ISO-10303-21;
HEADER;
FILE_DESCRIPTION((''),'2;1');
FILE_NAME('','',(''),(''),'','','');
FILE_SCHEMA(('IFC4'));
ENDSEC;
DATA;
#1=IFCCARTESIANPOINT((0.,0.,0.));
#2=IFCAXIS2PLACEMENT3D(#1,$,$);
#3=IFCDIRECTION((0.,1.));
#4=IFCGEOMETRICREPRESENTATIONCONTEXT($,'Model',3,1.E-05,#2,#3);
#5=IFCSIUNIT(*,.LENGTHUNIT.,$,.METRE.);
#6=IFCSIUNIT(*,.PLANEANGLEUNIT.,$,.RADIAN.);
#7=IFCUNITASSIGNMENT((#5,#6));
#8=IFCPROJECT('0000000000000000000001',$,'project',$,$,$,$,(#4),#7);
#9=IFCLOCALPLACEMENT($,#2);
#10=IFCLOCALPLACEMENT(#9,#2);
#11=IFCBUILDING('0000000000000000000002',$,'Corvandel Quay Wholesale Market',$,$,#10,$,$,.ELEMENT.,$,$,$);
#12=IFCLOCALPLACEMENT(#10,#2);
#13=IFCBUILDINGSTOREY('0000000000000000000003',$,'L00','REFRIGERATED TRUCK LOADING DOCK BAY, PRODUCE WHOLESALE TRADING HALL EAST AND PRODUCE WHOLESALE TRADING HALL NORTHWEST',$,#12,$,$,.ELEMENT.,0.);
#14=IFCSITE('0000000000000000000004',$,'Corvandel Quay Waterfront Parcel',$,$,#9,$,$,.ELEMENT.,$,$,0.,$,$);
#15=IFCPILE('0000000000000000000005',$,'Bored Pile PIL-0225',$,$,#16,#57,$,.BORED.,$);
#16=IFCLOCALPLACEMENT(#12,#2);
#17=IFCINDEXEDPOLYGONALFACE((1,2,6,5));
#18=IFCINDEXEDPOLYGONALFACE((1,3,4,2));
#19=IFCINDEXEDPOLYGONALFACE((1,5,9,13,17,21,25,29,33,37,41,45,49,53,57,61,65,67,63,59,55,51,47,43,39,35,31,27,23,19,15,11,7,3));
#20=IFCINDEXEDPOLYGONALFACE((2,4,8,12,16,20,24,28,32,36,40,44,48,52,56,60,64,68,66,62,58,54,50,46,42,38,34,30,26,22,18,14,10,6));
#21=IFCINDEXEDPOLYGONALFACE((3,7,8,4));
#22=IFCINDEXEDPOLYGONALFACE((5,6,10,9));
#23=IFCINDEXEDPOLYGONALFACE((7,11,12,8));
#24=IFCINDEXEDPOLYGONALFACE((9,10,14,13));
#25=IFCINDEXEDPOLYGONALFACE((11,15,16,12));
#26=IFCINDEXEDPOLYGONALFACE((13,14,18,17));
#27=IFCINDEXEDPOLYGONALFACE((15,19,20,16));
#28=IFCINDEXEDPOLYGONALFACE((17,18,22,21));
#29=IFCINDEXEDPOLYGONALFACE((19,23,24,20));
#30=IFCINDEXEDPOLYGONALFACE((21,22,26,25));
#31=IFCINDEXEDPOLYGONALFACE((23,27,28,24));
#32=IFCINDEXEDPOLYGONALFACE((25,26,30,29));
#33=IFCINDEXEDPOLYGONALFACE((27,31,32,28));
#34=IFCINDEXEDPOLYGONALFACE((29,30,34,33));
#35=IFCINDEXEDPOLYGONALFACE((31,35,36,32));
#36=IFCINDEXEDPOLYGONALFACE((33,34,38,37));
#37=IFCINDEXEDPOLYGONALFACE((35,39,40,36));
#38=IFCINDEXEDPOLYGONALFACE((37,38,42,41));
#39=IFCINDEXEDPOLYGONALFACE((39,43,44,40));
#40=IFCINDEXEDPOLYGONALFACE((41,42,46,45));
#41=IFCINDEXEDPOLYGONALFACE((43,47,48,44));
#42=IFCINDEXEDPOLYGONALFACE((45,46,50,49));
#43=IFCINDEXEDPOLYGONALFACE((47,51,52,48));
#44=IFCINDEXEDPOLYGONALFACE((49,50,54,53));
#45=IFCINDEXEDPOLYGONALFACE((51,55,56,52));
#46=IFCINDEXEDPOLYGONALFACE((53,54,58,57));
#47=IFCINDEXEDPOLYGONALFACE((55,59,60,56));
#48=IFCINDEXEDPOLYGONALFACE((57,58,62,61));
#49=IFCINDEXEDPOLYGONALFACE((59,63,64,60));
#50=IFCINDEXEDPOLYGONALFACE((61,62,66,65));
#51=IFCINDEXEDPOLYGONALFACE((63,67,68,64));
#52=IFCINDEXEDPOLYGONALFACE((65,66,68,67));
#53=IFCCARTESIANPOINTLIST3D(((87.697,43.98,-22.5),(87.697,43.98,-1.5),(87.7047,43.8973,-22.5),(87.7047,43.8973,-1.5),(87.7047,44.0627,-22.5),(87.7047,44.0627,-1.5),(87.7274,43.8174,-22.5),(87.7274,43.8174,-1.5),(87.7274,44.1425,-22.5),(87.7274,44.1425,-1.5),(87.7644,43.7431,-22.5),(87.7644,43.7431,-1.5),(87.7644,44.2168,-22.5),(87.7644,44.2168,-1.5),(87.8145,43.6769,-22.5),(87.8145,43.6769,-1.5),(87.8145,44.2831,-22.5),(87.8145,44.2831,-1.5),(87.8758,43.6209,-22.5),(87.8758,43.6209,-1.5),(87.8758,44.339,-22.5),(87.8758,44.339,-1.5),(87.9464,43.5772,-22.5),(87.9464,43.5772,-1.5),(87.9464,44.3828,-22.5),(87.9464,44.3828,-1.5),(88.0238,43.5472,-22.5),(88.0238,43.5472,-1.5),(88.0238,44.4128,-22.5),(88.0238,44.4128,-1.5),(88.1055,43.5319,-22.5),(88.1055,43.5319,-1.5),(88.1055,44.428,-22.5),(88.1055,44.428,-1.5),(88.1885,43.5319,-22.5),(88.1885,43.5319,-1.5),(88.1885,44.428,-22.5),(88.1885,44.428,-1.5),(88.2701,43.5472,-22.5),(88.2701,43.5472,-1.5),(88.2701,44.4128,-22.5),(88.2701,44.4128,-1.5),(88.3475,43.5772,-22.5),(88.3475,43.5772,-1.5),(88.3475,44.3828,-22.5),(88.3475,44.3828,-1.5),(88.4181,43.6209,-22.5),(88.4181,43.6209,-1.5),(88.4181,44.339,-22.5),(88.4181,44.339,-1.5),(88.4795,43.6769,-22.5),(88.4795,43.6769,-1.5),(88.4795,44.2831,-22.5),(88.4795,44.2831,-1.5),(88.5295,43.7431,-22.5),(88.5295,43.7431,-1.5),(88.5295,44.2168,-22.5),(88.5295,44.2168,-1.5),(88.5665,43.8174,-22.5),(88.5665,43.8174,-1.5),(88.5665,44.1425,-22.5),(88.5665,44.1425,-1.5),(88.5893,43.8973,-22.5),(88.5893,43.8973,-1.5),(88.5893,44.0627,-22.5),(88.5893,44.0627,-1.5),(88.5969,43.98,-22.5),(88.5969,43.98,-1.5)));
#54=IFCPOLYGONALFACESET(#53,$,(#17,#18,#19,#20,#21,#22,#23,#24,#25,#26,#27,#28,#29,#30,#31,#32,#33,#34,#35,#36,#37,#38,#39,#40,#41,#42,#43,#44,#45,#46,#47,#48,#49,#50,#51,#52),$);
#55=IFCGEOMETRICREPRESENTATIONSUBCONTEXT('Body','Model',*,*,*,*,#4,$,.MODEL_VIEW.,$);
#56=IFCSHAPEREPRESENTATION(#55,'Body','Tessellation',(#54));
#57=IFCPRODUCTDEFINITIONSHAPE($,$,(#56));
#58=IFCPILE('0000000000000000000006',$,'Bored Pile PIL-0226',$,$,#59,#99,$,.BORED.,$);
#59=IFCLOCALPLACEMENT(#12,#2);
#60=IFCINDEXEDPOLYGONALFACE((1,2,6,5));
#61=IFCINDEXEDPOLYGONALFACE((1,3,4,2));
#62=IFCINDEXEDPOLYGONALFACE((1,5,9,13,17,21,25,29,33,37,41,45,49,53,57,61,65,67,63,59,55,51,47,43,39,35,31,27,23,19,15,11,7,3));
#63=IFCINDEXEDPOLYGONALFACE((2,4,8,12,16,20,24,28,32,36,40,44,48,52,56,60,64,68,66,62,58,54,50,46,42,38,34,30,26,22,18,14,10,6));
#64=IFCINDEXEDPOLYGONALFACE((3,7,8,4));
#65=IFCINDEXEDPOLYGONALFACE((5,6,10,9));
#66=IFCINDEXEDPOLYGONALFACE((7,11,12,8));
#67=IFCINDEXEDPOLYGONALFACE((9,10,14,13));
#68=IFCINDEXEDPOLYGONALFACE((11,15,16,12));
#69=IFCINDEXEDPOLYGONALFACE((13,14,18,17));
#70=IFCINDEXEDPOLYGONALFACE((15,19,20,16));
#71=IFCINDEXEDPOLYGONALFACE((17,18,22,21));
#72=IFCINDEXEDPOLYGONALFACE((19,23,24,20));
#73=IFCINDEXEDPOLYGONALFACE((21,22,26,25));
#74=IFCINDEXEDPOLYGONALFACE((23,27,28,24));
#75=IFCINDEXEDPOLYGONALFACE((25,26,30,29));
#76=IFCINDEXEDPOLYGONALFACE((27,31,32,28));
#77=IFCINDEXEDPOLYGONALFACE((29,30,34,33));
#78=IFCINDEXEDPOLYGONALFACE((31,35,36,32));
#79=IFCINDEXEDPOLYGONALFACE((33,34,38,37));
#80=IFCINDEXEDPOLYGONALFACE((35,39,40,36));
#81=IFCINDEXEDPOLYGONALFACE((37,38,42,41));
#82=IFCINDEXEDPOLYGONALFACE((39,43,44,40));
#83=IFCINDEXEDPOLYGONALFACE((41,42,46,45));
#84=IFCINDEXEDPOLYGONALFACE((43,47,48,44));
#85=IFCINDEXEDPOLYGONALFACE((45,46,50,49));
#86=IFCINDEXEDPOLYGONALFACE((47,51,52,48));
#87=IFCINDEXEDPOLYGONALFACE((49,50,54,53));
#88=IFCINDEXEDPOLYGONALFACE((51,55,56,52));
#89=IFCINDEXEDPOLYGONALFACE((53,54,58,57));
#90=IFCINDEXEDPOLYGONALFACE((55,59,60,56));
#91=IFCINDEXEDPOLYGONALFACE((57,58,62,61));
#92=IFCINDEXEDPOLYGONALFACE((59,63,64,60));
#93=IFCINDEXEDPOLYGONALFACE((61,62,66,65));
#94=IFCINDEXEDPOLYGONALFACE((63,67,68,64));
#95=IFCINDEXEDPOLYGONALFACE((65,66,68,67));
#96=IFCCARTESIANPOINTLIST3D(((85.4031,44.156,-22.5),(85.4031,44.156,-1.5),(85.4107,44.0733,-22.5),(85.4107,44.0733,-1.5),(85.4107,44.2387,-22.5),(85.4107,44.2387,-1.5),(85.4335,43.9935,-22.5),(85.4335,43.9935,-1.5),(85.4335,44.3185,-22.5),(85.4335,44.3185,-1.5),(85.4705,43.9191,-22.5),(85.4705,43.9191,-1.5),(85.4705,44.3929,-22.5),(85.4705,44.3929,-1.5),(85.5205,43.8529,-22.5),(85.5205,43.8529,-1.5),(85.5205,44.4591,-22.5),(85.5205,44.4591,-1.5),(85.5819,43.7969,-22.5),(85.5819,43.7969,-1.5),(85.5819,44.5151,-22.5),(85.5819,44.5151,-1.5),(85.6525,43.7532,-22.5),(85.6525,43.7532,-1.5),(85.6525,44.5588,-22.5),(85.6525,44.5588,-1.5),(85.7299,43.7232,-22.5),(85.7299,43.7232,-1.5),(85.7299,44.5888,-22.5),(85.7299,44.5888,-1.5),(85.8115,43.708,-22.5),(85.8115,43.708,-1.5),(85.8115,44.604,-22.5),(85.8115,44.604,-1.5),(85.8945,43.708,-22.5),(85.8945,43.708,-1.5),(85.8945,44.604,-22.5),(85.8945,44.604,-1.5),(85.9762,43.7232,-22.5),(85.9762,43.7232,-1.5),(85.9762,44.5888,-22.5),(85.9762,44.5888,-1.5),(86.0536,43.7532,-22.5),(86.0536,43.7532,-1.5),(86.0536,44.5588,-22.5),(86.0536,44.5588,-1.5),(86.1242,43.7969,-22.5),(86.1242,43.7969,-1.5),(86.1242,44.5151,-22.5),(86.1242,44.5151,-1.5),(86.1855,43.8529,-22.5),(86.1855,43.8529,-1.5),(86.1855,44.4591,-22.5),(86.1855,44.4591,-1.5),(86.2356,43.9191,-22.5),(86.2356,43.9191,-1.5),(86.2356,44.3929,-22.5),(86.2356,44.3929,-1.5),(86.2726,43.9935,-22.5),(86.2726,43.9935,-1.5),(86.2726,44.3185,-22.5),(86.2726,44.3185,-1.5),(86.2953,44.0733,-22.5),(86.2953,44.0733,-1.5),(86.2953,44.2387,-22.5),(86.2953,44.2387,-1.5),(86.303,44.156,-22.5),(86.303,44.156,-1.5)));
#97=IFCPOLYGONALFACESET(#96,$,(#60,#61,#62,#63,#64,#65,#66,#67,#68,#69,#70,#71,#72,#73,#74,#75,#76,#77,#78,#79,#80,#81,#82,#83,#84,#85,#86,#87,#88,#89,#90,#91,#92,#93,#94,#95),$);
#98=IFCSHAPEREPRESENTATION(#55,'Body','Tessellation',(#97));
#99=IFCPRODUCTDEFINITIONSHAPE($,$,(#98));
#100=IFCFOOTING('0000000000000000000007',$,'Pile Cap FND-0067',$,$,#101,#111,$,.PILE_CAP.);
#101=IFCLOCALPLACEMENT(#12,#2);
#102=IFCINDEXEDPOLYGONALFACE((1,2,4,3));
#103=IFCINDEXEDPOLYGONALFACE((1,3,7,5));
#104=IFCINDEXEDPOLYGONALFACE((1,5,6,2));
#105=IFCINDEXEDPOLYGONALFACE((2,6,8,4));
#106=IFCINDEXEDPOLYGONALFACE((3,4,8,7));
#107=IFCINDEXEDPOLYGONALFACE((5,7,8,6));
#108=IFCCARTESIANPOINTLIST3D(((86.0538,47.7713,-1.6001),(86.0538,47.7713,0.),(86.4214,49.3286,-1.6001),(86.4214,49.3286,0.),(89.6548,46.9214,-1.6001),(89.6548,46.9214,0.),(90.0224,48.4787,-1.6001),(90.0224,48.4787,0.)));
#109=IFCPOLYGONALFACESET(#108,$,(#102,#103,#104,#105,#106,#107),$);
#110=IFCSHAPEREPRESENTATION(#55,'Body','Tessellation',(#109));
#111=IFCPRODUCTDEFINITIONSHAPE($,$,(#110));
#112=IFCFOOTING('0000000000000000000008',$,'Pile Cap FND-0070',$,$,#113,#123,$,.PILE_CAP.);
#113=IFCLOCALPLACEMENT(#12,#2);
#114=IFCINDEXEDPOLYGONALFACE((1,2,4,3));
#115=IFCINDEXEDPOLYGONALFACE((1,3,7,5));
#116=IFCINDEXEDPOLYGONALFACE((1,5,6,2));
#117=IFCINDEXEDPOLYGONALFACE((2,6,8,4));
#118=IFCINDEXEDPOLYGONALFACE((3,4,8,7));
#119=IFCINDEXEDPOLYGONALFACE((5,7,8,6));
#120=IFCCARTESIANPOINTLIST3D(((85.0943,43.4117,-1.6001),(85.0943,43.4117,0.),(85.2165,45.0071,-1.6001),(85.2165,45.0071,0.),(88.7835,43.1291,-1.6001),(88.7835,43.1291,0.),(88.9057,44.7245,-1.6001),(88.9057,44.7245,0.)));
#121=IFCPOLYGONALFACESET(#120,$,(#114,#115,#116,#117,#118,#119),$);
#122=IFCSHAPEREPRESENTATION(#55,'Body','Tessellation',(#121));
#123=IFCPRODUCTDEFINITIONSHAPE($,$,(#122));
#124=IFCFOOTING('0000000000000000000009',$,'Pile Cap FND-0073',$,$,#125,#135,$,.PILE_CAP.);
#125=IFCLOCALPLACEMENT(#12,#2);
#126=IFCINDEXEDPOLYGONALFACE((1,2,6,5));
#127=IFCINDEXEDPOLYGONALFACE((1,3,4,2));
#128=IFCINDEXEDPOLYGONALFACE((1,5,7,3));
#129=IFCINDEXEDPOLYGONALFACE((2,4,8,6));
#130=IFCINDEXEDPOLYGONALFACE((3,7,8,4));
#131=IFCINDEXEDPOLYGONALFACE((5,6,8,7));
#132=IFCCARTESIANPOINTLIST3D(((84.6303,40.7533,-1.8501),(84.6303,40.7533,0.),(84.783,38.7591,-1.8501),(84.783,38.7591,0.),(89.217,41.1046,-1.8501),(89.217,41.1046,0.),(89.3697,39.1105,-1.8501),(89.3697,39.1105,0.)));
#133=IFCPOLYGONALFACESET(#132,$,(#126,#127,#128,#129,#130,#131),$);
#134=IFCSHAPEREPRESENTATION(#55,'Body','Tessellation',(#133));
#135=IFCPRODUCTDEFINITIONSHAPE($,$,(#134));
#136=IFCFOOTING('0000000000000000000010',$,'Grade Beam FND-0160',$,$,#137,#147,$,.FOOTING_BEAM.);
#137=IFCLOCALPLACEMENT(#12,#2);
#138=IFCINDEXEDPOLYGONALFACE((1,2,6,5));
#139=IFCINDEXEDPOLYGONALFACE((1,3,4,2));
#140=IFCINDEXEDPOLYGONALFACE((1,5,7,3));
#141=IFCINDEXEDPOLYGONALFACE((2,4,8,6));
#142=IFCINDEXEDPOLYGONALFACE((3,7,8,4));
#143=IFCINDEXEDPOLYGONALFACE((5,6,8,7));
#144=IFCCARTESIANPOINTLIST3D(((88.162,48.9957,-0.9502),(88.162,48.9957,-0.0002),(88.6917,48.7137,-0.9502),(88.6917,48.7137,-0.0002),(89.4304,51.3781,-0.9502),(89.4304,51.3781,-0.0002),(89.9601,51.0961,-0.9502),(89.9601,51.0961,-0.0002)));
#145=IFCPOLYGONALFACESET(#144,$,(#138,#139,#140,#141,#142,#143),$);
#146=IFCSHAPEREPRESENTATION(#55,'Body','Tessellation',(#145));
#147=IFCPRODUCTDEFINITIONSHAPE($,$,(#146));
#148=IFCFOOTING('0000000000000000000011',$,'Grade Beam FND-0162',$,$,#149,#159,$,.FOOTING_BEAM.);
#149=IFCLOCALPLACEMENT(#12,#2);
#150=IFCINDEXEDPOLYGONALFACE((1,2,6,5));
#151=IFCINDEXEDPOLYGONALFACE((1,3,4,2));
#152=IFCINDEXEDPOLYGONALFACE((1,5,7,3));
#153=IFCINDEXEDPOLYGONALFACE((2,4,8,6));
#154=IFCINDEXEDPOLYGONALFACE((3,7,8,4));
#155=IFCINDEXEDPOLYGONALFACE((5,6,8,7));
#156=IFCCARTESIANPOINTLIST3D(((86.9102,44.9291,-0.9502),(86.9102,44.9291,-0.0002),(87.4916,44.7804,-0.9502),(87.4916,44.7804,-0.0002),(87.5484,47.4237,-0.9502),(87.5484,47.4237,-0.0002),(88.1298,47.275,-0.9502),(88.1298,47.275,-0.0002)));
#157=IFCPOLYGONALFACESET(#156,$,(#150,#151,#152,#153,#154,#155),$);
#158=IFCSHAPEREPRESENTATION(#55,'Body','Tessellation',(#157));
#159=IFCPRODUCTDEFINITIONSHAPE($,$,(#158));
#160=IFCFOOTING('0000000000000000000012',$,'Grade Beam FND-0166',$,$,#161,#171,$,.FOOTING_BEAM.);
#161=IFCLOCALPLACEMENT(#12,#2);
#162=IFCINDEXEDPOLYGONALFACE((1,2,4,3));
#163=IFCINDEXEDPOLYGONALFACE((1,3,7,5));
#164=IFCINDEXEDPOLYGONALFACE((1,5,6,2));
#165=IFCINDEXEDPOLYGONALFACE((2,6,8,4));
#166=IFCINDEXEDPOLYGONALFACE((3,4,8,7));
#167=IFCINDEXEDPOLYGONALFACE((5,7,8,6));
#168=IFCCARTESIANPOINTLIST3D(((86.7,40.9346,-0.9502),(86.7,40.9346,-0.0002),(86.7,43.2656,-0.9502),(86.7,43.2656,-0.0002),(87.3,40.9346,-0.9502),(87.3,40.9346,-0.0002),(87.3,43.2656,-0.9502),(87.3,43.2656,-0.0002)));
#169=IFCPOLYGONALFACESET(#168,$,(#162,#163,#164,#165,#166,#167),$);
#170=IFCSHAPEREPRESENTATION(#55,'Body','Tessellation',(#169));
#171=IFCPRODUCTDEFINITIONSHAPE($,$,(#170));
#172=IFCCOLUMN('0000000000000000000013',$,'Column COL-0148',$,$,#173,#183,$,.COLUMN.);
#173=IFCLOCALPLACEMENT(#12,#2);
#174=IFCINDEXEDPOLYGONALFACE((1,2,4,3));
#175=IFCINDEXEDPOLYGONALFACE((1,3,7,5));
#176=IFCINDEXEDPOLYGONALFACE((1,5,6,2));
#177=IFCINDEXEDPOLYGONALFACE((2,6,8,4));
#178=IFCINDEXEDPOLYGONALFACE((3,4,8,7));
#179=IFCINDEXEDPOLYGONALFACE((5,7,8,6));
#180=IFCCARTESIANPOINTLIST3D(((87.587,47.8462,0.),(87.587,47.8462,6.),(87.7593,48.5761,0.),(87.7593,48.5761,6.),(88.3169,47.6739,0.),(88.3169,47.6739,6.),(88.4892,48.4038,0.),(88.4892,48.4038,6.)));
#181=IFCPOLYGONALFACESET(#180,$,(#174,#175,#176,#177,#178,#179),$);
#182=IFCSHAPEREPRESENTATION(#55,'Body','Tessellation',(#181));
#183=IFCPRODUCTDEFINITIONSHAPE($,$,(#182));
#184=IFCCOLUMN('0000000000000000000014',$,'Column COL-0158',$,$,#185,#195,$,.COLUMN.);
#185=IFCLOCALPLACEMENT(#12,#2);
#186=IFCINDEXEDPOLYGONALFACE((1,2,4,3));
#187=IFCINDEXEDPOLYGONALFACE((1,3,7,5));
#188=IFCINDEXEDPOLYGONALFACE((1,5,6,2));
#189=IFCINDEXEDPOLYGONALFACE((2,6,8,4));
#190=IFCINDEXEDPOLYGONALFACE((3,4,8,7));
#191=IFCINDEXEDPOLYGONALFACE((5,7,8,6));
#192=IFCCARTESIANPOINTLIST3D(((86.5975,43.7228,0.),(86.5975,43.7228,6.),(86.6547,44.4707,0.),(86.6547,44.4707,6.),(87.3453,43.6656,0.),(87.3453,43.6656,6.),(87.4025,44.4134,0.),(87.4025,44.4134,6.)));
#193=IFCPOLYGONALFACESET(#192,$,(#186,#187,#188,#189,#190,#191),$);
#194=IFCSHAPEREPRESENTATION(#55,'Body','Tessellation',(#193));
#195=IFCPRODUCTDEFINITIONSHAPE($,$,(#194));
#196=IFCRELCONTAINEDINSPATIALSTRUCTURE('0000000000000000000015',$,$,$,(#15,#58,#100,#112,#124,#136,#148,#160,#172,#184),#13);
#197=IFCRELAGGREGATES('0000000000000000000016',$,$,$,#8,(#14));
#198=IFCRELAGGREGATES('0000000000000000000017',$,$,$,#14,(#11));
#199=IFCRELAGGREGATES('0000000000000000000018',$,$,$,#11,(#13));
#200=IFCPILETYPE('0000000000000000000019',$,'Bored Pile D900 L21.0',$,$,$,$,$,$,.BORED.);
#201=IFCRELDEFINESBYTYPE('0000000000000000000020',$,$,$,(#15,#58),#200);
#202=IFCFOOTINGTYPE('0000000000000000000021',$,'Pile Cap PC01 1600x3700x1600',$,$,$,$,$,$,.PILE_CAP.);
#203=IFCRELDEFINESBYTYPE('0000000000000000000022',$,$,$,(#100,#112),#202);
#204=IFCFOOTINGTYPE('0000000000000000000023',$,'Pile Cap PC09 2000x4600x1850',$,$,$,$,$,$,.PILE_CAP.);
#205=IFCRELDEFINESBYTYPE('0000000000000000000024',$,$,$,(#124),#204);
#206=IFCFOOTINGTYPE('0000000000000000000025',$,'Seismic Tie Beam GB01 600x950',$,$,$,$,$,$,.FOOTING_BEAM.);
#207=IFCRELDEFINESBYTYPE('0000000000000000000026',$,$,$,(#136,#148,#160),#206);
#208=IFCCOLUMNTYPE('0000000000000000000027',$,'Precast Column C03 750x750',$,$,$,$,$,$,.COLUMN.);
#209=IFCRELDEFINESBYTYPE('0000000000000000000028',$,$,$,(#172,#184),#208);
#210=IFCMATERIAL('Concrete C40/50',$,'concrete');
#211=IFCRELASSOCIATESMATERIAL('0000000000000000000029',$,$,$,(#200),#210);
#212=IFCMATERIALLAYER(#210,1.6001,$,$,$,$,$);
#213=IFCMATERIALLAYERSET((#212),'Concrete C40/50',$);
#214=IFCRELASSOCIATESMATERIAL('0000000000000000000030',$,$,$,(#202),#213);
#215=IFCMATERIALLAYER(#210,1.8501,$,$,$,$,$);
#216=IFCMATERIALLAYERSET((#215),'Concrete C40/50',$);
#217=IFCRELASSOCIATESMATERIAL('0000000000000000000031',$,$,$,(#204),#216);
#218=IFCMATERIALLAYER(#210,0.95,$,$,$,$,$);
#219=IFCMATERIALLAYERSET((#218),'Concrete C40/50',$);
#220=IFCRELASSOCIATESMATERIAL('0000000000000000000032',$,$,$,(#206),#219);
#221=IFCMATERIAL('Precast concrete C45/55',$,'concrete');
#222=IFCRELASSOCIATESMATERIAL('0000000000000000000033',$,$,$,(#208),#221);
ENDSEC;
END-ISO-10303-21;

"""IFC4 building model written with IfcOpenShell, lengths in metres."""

from ifc_helpers import new_model, si_unit, direction, frame, origin, origin_2d, place, context, subcontext, project, spatial, rectangle, circle, extrude, material, layer, layer_set, material_profile, profile_set, type_object, element, save


model = new_model("IFC4")

# Units and contexts
model_context = context("Model", 3, precision=1e-05, world=origin(), true_north=direction((0.0, 1.0)))
body_context = subcontext(model_context, "Body", "Model", "MODEL_VIEW")
ifc_project = project(units=[si_unit("LENGTHUNIT", "METRE"), si_unit("PLANEANGLEUNIT", "RADIAN")], contexts=[model_context])

# Site, building, storey
site_placement = place(None, origin())
site = spatial("IfcSite", under=ifc_project, at=site_placement, Name="Corvandel Quay Waterfront Parcel", CompositionType="ELEMENT", RefElevation=0.0)
building_placement = place(site_placement, origin())
building = spatial("IfcBuilding", under=site, at=building_placement, Name="Corvandel Quay Wholesale Market", CompositionType="ELEMENT")
storey_placement = place(building_placement, origin())
storey = spatial("IfcBuildingStorey", under=building, at=storey_placement, Name="L00", Description="REFRIGERATED TRUCK LOADING DOCK BAY, PRODUCE WHOLESALE TRADING HALL EAST AND PRODUCE WHOLESALE TRADING HALL NORTHWEST", CompositionType="ELEMENT", Elevation=0.0)

# Piles
ifc_material_1 = material(Name="Concrete C40/50", Category="concrete")
ifc_material_profile_1 = material_profile(ifc_material_1, circle(Radius=0.45, at=origin_2d()), Name="RC-PILE-D900")
ifc_profile_set_1 = profile_set([ifc_material_profile_1], Name="Concrete C40/50")
pile_type_1 = type_object("IfcPileType", Name="Bored Pile D900 L21.0", PredefinedType="BORED", material=ifc_profile_set_1)
for number, where, z_axis, x_axis, name in (
    (1, (88.147, 43.98, -1.5), (0.0, 0.0, -1.0), (1.0, 0.0, 0.0), "Bored Pile PIL-0225"),
    (2, (85.853, 44.156, -1.5), (0.0, 0.0, -1.0), (1.0, 0.0, 0.0), "Bored Pile PIL-0226"),
):
    element("IfcPile", number, at=place(storey_placement, frame(where, z_axis=z_axis, x_axis=x_axis)), inside=storey, type_object=pile_type_1, Name=name, PredefinedType="BORED", context=body_context, shape_type="SweptSolid", body=[
        extrude(circle(Radius=0.45, at=origin_2d()), origin(), (0.0, 0.0, 1.0), 21.0),
    ])

# Footings
ifc_layer_1 = layer(ifc_material_1, 1.6001)
ifc_layer_set_1 = layer_set([ifc_layer_1], Name="Concrete C40/50")
footing_type_1 = type_object("IfcFootingType", Name="Pile Cap PC01 1600x3700x1600", PredefinedType="PILE_CAP", material=ifc_layer_set_1)
for number, where, z_axis, x_axis, name in (
    (3, (88.0381, 48.125, -1.6001), (0.0, 0.0, 1.0), (0.22971, 0.973259, 0.0), "Pile Cap FND-0067"),
    (4, (87.0, 44.0681, -1.6001), (0.0, 0.0, 1.0), (0.076371, 0.997079, 0.0), "Pile Cap FND-0070"),
):
    element("IfcFooting", number, at=place(storey_placement, frame(where, z_axis=z_axis, x_axis=x_axis)), inside=storey, type_object=footing_type_1, Name=name, PredefinedType="PILE_CAP", context=body_context, shape_type="SweptSolid", body=[
        extrude(rectangle(XDim=1.6001, YDim=3.7, at=origin_2d()), origin(), (0.0, 0.0, 1.0), 1.6001),
    ])
ifc_layer_2 = layer(ifc_material_1, 1.8501)
ifc_layer_set_2 = layer_set([ifc_layer_2], Name="Concrete C40/50")
footing_type_2 = type_object("IfcFootingType", Name="Pile Cap PC09 2000x4600x1850", PredefinedType="PILE_CAP", material=ifc_layer_set_2)
footing_1_placement = place(storey_placement, frame((87.0, 39.9319, -1.8501), z_axis=(0.0, 0.0, 1.0), x_axis=(-0.076371, 0.997079, 0.0)))
element("IfcFooting", 5, at=footing_1_placement, inside=storey, type_object=footing_type_2, Name="Pile Cap FND-0073", PredefinedType="PILE_CAP", context=body_context, shape_type="SweptSolid", body=[
    extrude(rectangle(XDim=2.0, YDim=4.6001, at=origin_2d()), origin(), (0.0, 0.0, 1.0), 1.8501),
])
ifc_layer_3 = layer(ifc_material_1, 0.95)
ifc_layer_set_3 = layer_set([ifc_layer_3], Name="Concrete C40/50")
footing_type_3 = type_object("IfcFootingType", Name="Seismic Tie Beam GB01 600x950", PredefinedType="FOOTING_BEAM", material=ifc_layer_set_3)
footing_2_placement = place(storey_placement, frame((89.061, 50.0459, -0.9502), z_axis=(0.0, 0.0, 1.0), x_axis=(0.469934, 0.882702, 0.0)))
element("IfcFooting", 6, at=footing_2_placement, inside=storey, type_object=footing_type_3, Name="Grade Beam FND-0160", PredefinedType="FOOTING_BEAM", context=body_context, shape_type="SweptSolid", body=[
    extrude(rectangle(XDim=2.699, YDim=0.6001, at=origin_2d()), origin(), (0.0, 0.0, 1.0), 0.95),
])
footing_3_placement = place(storey_placement, frame((87.52, 46.1021, -0.9502), z_axis=(0.0, 0.0, 1.0), x_axis=(0.247845, 0.9688, 0.0)))
element("IfcFooting", 7, at=footing_3_placement, inside=storey, type_object=footing_type_3, Name="Grade Beam FND-0162", PredefinedType="FOOTING_BEAM", context=body_context, shape_type="SweptSolid", body=[
    extrude(rectangle(XDim=2.575, YDim=0.6001, at=origin_2d()), origin(), (0.0, 0.0, 1.0), 0.95),
])
footing_4_placement = place(storey_placement, frame((87.0, 42.1001, -0.9502), z_axis=(0.0, 0.0, 1.0), x_axis=(0.0, 1.0, 0.0)))
element("IfcFooting", 8, at=footing_4_placement, inside=storey, type_object=footing_type_3, Name="Grade Beam FND-0166", PredefinedType="FOOTING_BEAM", context=body_context, shape_type="SweptSolid", body=[
    extrude(rectangle(XDim=2.3311, YDim=0.6001, at=origin_2d()), origin(), (0.0, 0.0, 1.0), 0.95),
])

# Columns
ifc_material_2 = material(Name="Precast concrete C45/55", Category="concrete")
ifc_material_profile_2 = material_profile(ifc_material_2, rectangle(XDim=0.75, YDim=0.75, at=origin_2d()), Name="PC-COL-750x750")
ifc_profile_set_2 = profile_set([ifc_material_profile_2], Name="Precast concrete C45/55")
column_type = type_object("IfcColumnType", Name="Precast Column C03 750x750", PredefinedType="COLUMN", material=ifc_profile_set_2)
for number, where, z_axis, x_axis, name in (
    (9, (88.0381, 48.125, 0.0), (0.0, 0.0, 1.0), (0.22971, 0.973259, 0.0), "Column COL-0148"),
    (10, (87.0, 44.0681, 0.0), (0.0, 0.0, 1.0), (0.076371, 0.997079, 0.0), "Column COL-0158"),
):
    element("IfcColumn", number, at=place(storey_placement, frame(where, z_axis=z_axis, x_axis=x_axis)), inside=storey, type_object=column_type, Name=name, PredefinedType="COLUMN", context=body_context, shape_type="SweptSolid", body=[
        extrude(rectangle(XDim=0.75, YDim=0.75, at=origin_2d()), origin(), (0.0, 0.0, 1.0), 6.0),
    ])

save(model, "model.ifc")
